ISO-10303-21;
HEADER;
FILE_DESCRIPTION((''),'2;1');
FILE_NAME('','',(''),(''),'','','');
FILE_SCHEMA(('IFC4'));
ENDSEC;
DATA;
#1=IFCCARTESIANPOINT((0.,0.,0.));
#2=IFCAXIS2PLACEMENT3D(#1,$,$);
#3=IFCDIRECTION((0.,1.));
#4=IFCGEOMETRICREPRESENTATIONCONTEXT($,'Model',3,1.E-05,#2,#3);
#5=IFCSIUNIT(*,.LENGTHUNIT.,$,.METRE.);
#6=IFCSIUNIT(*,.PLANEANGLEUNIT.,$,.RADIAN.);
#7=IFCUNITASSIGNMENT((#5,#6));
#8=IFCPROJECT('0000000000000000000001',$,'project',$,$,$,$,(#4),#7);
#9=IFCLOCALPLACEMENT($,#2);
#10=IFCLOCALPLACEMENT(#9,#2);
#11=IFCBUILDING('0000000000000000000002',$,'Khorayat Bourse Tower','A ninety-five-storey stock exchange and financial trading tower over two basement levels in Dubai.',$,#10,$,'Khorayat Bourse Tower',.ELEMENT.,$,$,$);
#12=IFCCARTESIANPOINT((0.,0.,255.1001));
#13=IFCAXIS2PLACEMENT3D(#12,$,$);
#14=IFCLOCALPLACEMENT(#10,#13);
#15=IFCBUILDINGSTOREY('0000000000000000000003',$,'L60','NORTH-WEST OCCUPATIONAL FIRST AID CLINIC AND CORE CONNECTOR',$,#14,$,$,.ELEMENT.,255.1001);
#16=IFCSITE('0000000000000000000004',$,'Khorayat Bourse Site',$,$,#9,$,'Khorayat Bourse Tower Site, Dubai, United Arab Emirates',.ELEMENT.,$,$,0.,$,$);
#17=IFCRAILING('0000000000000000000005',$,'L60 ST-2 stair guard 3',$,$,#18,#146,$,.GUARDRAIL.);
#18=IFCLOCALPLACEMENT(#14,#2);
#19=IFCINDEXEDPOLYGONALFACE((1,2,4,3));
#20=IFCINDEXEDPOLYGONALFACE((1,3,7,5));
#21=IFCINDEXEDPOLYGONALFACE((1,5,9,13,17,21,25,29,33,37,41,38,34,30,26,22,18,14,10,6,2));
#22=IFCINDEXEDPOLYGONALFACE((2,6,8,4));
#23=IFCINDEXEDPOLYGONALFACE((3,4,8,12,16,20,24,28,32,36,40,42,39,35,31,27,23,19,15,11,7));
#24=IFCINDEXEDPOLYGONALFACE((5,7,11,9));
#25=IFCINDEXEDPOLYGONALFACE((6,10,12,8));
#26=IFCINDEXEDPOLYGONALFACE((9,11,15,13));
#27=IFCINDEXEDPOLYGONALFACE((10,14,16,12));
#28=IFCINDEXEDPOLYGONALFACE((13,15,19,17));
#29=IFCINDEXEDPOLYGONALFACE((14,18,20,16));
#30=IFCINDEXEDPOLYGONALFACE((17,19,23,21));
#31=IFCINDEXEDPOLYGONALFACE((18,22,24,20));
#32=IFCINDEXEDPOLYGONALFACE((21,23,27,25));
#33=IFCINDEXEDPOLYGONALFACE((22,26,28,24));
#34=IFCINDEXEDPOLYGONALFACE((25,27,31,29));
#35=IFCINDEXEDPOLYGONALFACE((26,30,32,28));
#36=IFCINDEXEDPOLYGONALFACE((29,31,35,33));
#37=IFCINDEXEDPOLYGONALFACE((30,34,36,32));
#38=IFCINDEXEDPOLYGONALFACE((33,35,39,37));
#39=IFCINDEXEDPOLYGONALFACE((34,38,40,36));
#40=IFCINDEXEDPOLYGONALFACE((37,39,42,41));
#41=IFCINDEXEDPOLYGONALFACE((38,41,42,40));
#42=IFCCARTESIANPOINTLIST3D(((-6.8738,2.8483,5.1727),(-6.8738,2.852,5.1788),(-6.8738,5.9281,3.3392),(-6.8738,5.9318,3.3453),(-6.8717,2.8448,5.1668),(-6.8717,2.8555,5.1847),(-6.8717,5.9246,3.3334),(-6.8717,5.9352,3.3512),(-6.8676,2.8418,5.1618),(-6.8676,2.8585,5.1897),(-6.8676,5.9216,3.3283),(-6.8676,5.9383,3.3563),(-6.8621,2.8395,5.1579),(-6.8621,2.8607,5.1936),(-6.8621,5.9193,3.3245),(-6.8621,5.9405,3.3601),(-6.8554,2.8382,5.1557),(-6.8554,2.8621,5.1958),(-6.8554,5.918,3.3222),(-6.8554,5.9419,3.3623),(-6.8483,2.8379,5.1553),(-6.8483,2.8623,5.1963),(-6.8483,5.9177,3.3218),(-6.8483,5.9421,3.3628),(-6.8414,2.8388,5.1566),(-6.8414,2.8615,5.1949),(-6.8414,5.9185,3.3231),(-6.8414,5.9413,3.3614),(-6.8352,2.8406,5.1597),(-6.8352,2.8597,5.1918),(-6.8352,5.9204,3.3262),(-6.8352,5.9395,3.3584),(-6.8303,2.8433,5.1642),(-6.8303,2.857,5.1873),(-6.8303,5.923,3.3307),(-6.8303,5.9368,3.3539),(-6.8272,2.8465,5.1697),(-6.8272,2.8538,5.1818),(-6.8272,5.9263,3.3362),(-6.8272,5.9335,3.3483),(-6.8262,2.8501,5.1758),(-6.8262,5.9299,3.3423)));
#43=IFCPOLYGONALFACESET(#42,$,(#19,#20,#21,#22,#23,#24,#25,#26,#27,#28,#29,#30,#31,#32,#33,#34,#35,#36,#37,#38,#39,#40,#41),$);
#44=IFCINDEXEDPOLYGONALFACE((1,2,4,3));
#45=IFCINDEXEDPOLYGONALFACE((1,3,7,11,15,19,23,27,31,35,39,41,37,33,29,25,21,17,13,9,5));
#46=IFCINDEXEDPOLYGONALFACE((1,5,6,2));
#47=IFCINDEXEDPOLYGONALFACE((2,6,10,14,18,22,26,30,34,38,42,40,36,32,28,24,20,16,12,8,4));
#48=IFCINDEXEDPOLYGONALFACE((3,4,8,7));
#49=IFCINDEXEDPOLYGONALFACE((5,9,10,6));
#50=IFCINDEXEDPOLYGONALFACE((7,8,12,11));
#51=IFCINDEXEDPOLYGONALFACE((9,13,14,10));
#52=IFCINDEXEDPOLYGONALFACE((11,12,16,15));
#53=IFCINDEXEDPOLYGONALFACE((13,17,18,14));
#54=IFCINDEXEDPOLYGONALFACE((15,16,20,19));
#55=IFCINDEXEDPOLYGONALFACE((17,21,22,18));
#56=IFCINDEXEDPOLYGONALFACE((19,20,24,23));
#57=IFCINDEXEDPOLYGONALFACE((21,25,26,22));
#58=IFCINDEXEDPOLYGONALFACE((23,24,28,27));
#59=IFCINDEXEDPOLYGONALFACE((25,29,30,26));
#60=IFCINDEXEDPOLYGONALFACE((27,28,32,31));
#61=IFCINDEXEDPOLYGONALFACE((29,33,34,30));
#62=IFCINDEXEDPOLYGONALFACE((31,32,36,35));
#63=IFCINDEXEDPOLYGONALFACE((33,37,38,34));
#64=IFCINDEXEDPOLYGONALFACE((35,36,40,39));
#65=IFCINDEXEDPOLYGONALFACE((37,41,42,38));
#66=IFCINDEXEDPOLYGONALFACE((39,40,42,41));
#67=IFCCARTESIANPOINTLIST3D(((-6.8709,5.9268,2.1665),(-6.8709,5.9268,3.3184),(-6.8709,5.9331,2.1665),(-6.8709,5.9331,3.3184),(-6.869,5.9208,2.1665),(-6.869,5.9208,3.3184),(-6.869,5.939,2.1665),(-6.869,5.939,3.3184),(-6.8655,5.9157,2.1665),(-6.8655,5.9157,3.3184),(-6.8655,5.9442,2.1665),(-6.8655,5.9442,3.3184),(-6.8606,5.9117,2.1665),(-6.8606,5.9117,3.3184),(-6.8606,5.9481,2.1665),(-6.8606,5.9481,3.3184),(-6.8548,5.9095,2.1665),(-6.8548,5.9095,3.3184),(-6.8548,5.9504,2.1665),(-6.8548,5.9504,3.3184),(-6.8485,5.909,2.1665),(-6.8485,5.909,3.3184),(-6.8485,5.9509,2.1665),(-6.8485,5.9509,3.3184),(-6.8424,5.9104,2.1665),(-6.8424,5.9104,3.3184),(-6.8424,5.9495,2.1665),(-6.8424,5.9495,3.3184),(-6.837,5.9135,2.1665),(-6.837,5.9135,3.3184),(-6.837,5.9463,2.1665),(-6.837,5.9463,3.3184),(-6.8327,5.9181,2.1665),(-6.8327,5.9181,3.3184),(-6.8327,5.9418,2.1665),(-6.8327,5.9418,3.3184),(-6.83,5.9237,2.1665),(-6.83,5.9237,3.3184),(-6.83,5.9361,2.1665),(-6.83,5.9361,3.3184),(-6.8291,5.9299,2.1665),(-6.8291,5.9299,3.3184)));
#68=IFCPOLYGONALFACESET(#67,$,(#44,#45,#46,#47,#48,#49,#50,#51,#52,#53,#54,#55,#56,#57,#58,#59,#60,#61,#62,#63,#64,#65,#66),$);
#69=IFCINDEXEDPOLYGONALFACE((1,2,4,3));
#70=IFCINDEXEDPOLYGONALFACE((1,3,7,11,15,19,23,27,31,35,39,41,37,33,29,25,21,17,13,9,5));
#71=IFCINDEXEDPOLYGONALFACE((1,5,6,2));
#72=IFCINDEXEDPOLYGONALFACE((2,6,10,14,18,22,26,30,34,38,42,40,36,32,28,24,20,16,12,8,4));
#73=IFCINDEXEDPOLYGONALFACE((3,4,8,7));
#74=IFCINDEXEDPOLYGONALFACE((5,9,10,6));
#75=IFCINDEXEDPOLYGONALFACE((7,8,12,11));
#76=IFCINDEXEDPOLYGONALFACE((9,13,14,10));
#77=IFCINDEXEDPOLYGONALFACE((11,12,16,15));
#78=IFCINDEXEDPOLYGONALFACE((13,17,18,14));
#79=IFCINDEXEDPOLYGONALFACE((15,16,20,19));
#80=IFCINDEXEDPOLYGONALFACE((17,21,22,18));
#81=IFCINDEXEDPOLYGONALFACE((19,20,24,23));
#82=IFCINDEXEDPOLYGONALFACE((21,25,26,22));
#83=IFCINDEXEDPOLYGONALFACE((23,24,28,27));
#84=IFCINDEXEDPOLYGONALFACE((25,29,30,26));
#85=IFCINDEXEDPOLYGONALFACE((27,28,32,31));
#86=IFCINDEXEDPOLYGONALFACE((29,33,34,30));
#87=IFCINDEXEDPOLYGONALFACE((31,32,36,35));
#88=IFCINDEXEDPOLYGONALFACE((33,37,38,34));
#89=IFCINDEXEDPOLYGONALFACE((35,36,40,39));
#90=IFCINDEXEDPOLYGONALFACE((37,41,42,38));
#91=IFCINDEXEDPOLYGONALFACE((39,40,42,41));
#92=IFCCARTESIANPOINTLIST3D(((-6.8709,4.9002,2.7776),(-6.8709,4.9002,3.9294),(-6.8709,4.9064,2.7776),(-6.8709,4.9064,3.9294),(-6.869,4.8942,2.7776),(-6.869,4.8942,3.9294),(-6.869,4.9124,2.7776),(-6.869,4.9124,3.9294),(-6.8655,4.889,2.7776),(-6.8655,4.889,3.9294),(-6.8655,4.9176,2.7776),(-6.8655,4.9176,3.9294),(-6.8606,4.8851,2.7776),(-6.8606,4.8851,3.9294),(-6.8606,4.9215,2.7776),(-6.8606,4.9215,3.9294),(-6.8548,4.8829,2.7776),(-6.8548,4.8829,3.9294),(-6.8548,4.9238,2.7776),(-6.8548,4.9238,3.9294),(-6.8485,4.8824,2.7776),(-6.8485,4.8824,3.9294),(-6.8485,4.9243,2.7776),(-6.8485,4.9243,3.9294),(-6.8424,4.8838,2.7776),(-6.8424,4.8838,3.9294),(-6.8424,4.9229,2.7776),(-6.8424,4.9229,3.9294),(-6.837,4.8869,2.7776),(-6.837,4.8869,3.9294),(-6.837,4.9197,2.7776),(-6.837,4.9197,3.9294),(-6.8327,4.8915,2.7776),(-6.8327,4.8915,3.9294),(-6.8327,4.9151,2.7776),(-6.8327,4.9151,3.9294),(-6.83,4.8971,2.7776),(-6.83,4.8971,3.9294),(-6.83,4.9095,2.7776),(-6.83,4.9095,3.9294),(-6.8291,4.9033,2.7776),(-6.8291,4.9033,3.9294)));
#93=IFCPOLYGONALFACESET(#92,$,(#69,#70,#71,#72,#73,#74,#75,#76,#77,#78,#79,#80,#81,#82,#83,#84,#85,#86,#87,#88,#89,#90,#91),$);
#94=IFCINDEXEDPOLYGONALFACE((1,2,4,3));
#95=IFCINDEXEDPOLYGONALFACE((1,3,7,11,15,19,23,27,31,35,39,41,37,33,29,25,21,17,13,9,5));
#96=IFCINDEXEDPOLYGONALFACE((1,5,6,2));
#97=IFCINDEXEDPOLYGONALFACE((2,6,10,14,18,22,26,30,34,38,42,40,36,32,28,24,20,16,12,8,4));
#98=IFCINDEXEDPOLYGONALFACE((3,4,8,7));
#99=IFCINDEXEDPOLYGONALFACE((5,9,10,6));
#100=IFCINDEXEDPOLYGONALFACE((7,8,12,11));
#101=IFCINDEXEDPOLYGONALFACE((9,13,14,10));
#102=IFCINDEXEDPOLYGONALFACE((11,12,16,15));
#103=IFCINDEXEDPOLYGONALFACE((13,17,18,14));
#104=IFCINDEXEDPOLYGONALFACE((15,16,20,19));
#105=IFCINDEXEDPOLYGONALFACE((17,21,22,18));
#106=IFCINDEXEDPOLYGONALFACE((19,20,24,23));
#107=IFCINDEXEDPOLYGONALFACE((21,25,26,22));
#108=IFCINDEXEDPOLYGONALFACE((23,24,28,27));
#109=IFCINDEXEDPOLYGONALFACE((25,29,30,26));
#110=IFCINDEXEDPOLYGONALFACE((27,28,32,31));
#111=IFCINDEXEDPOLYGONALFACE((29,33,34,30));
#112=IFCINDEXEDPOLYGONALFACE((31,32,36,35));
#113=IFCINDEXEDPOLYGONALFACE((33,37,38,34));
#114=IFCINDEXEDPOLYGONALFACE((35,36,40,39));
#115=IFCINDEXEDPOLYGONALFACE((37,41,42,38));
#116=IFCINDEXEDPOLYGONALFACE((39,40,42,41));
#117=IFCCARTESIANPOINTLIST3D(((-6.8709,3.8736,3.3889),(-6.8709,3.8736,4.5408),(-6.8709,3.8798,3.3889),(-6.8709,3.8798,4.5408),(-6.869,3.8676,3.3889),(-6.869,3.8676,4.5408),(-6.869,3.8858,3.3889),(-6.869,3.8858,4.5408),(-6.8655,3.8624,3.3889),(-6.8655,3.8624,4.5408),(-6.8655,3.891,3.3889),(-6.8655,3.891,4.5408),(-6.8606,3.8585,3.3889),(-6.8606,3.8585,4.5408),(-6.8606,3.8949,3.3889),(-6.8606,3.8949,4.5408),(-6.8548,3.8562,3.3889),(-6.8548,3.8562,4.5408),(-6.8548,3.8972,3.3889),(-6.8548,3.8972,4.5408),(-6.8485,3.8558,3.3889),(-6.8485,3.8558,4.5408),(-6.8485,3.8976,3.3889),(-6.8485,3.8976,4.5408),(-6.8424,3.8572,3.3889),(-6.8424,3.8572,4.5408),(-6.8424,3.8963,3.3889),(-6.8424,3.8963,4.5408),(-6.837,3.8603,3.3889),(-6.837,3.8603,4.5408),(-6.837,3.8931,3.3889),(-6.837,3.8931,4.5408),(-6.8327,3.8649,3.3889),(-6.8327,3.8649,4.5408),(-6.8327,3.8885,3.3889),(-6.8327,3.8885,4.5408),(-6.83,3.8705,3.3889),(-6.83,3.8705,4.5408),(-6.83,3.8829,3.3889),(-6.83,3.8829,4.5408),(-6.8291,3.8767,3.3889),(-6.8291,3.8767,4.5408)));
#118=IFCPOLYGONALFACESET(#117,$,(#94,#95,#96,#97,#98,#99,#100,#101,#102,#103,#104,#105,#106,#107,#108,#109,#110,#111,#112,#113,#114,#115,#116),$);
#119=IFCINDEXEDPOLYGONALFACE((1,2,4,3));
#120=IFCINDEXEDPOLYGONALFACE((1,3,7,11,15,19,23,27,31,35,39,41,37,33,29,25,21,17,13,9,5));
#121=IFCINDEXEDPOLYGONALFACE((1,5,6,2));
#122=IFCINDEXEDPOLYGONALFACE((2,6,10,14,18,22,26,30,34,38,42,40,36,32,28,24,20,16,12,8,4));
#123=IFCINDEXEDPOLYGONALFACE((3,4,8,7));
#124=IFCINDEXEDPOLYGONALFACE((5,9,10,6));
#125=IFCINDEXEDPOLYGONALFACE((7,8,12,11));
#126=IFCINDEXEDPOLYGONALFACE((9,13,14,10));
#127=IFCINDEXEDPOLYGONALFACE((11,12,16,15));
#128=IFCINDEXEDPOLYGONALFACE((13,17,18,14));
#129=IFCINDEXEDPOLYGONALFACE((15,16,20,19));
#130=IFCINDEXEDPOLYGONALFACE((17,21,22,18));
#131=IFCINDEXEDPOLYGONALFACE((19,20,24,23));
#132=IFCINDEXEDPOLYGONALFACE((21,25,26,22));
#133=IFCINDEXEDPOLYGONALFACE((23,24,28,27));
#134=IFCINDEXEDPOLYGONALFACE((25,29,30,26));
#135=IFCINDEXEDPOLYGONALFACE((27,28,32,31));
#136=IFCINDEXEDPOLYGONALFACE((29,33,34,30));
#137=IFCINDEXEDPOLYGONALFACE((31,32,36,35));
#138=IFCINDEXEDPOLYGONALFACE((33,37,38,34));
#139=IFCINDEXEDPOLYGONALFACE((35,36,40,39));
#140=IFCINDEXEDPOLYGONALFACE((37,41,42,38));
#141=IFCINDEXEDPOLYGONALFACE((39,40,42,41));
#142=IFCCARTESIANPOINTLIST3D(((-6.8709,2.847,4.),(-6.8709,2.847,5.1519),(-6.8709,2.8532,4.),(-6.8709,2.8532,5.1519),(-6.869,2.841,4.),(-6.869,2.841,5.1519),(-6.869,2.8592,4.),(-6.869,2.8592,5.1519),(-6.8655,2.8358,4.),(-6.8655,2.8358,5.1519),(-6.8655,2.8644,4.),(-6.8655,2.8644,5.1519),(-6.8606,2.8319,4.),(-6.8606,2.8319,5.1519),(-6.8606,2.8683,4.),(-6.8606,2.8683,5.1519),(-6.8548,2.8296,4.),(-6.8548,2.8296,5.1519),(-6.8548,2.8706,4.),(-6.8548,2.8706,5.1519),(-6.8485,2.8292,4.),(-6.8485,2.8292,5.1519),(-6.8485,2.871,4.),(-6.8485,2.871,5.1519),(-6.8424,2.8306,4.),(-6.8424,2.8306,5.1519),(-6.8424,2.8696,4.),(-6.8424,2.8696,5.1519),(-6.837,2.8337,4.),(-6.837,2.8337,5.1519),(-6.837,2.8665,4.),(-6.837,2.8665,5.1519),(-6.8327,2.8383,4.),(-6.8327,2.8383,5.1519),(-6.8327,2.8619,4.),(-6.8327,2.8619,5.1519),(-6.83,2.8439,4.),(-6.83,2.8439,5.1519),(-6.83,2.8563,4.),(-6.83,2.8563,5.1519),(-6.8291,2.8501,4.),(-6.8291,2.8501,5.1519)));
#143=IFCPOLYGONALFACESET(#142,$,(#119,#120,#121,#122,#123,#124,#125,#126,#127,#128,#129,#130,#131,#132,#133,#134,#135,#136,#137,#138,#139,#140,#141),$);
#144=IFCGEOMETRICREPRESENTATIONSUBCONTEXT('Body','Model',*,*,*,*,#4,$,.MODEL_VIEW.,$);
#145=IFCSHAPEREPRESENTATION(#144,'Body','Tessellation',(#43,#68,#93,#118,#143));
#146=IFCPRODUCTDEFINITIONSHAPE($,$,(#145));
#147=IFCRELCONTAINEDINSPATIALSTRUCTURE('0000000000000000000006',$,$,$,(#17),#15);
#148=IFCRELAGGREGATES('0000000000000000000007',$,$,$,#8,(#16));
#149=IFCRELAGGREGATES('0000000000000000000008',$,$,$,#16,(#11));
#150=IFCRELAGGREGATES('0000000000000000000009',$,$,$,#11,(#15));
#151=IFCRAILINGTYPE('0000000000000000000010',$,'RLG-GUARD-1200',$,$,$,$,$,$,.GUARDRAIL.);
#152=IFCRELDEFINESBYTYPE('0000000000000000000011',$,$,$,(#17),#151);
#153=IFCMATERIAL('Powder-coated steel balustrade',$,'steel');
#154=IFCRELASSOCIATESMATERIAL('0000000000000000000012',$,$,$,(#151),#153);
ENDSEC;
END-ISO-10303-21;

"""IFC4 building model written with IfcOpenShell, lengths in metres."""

from ifc_helpers import new_model, si_unit, direction, frame, origin, origin_2d, place, context, subcontext, project, spatial, circle, extrude, source, transform, mapped, material, type_object, element, save


model = new_model("IFC4")

# Units and contexts
model_context = context("Model", 3, precision=1e-05, world=origin(), true_north=direction((0.0, 1.0)))
body_context = subcontext(model_context, "Body", "Model", "MODEL_VIEW")
ifc_project = project(units=[si_unit("LENGTHUNIT", "METRE"), si_unit("PLANEANGLEUNIT", "RADIAN")], contexts=[model_context])

# Site, building, storey
site_placement = place(None, origin())
site = spatial("IfcSite", under=ifc_project, at=site_placement, Name="Khorayat Bourse Site", LongName="Khorayat Bourse Tower Site, Dubai, United Arab Emirates", CompositionType="ELEMENT", RefElevation=0.0)
building_placement = place(site_placement, origin())
building = spatial("IfcBuilding", under=site, at=building_placement, Name="Khorayat Bourse Tower", Description="A ninety-five-storey stock exchange and financial trading tower over two basement levels in Dubai.", LongName="Khorayat Bourse Tower", CompositionType="ELEMENT")
storey_placement = place(building_placement, frame((0.0, 0.0, 255.1001)))
storey = spatial("IfcBuildingStorey", under=building, at=storey_placement, Name="L60", Description="NORTH-WEST OCCUPATIONAL FIRST AID CLINIC AND CORE CONNECTOR", CompositionType="ELEMENT", Elevation=255.1001)

# Railing
ifc_material_1 = material(Name="Powder-coated steel balustrade", Category="steel")
railing_type_1 = type_object("IfcRailingType", Name="RLG-GUARD-1200", PredefinedType="GUARDRAIL", material=ifc_material_1)
shared_shape_1 = source(origin(), body_context, "Body", "SweptSolid", [
    extrude(circle(Radius=0.0239, at=origin_2d()), frame((0.0, 0.0, 1.1758), z_axis=(0.0, -0.859261, 0.511538), x_axis=(1.0, 0.0, 0.0)), (0.0, 0.0, 1.0), 3.5842),
    extrude(circle(Radius=0.021, at=origin_2d()), origin(), (0.0, 0.0, 1.0), 1.1519),
    extrude(circle(Radius=0.021, at=origin_2d()), frame((0.0, -1.0266, 0.6111)), (0.0, 0.0, 1.0), 1.1519),
    extrude(circle(Radius=0.021, at=origin_2d()), frame((0.0, -2.0532, 1.2224)), (0.0, 0.0, 1.0), 1.1519),
    extrude(circle(Radius=0.021, at=origin_2d()), frame((0.0, -3.0798, 1.8335)), (0.0, 0.0, 1.0), 1.1519),
])
railing_1_placement = place(storey_placement, frame((-6.8501, 5.9299, 2.1665)))
element("IfcRailing", 1, at=railing_1_placement, inside=storey, type_object=railing_type_1, Name="L60 ST-2 stair guard 3", PredefinedType="GUARDRAIL", context=body_context, shape_type="MappedRepresentation", body=[
    mapped(shared_shape_1, transform((0.0, 0.0, 0.0), scale=1.0)),
])

save(model, "model.ifc")
